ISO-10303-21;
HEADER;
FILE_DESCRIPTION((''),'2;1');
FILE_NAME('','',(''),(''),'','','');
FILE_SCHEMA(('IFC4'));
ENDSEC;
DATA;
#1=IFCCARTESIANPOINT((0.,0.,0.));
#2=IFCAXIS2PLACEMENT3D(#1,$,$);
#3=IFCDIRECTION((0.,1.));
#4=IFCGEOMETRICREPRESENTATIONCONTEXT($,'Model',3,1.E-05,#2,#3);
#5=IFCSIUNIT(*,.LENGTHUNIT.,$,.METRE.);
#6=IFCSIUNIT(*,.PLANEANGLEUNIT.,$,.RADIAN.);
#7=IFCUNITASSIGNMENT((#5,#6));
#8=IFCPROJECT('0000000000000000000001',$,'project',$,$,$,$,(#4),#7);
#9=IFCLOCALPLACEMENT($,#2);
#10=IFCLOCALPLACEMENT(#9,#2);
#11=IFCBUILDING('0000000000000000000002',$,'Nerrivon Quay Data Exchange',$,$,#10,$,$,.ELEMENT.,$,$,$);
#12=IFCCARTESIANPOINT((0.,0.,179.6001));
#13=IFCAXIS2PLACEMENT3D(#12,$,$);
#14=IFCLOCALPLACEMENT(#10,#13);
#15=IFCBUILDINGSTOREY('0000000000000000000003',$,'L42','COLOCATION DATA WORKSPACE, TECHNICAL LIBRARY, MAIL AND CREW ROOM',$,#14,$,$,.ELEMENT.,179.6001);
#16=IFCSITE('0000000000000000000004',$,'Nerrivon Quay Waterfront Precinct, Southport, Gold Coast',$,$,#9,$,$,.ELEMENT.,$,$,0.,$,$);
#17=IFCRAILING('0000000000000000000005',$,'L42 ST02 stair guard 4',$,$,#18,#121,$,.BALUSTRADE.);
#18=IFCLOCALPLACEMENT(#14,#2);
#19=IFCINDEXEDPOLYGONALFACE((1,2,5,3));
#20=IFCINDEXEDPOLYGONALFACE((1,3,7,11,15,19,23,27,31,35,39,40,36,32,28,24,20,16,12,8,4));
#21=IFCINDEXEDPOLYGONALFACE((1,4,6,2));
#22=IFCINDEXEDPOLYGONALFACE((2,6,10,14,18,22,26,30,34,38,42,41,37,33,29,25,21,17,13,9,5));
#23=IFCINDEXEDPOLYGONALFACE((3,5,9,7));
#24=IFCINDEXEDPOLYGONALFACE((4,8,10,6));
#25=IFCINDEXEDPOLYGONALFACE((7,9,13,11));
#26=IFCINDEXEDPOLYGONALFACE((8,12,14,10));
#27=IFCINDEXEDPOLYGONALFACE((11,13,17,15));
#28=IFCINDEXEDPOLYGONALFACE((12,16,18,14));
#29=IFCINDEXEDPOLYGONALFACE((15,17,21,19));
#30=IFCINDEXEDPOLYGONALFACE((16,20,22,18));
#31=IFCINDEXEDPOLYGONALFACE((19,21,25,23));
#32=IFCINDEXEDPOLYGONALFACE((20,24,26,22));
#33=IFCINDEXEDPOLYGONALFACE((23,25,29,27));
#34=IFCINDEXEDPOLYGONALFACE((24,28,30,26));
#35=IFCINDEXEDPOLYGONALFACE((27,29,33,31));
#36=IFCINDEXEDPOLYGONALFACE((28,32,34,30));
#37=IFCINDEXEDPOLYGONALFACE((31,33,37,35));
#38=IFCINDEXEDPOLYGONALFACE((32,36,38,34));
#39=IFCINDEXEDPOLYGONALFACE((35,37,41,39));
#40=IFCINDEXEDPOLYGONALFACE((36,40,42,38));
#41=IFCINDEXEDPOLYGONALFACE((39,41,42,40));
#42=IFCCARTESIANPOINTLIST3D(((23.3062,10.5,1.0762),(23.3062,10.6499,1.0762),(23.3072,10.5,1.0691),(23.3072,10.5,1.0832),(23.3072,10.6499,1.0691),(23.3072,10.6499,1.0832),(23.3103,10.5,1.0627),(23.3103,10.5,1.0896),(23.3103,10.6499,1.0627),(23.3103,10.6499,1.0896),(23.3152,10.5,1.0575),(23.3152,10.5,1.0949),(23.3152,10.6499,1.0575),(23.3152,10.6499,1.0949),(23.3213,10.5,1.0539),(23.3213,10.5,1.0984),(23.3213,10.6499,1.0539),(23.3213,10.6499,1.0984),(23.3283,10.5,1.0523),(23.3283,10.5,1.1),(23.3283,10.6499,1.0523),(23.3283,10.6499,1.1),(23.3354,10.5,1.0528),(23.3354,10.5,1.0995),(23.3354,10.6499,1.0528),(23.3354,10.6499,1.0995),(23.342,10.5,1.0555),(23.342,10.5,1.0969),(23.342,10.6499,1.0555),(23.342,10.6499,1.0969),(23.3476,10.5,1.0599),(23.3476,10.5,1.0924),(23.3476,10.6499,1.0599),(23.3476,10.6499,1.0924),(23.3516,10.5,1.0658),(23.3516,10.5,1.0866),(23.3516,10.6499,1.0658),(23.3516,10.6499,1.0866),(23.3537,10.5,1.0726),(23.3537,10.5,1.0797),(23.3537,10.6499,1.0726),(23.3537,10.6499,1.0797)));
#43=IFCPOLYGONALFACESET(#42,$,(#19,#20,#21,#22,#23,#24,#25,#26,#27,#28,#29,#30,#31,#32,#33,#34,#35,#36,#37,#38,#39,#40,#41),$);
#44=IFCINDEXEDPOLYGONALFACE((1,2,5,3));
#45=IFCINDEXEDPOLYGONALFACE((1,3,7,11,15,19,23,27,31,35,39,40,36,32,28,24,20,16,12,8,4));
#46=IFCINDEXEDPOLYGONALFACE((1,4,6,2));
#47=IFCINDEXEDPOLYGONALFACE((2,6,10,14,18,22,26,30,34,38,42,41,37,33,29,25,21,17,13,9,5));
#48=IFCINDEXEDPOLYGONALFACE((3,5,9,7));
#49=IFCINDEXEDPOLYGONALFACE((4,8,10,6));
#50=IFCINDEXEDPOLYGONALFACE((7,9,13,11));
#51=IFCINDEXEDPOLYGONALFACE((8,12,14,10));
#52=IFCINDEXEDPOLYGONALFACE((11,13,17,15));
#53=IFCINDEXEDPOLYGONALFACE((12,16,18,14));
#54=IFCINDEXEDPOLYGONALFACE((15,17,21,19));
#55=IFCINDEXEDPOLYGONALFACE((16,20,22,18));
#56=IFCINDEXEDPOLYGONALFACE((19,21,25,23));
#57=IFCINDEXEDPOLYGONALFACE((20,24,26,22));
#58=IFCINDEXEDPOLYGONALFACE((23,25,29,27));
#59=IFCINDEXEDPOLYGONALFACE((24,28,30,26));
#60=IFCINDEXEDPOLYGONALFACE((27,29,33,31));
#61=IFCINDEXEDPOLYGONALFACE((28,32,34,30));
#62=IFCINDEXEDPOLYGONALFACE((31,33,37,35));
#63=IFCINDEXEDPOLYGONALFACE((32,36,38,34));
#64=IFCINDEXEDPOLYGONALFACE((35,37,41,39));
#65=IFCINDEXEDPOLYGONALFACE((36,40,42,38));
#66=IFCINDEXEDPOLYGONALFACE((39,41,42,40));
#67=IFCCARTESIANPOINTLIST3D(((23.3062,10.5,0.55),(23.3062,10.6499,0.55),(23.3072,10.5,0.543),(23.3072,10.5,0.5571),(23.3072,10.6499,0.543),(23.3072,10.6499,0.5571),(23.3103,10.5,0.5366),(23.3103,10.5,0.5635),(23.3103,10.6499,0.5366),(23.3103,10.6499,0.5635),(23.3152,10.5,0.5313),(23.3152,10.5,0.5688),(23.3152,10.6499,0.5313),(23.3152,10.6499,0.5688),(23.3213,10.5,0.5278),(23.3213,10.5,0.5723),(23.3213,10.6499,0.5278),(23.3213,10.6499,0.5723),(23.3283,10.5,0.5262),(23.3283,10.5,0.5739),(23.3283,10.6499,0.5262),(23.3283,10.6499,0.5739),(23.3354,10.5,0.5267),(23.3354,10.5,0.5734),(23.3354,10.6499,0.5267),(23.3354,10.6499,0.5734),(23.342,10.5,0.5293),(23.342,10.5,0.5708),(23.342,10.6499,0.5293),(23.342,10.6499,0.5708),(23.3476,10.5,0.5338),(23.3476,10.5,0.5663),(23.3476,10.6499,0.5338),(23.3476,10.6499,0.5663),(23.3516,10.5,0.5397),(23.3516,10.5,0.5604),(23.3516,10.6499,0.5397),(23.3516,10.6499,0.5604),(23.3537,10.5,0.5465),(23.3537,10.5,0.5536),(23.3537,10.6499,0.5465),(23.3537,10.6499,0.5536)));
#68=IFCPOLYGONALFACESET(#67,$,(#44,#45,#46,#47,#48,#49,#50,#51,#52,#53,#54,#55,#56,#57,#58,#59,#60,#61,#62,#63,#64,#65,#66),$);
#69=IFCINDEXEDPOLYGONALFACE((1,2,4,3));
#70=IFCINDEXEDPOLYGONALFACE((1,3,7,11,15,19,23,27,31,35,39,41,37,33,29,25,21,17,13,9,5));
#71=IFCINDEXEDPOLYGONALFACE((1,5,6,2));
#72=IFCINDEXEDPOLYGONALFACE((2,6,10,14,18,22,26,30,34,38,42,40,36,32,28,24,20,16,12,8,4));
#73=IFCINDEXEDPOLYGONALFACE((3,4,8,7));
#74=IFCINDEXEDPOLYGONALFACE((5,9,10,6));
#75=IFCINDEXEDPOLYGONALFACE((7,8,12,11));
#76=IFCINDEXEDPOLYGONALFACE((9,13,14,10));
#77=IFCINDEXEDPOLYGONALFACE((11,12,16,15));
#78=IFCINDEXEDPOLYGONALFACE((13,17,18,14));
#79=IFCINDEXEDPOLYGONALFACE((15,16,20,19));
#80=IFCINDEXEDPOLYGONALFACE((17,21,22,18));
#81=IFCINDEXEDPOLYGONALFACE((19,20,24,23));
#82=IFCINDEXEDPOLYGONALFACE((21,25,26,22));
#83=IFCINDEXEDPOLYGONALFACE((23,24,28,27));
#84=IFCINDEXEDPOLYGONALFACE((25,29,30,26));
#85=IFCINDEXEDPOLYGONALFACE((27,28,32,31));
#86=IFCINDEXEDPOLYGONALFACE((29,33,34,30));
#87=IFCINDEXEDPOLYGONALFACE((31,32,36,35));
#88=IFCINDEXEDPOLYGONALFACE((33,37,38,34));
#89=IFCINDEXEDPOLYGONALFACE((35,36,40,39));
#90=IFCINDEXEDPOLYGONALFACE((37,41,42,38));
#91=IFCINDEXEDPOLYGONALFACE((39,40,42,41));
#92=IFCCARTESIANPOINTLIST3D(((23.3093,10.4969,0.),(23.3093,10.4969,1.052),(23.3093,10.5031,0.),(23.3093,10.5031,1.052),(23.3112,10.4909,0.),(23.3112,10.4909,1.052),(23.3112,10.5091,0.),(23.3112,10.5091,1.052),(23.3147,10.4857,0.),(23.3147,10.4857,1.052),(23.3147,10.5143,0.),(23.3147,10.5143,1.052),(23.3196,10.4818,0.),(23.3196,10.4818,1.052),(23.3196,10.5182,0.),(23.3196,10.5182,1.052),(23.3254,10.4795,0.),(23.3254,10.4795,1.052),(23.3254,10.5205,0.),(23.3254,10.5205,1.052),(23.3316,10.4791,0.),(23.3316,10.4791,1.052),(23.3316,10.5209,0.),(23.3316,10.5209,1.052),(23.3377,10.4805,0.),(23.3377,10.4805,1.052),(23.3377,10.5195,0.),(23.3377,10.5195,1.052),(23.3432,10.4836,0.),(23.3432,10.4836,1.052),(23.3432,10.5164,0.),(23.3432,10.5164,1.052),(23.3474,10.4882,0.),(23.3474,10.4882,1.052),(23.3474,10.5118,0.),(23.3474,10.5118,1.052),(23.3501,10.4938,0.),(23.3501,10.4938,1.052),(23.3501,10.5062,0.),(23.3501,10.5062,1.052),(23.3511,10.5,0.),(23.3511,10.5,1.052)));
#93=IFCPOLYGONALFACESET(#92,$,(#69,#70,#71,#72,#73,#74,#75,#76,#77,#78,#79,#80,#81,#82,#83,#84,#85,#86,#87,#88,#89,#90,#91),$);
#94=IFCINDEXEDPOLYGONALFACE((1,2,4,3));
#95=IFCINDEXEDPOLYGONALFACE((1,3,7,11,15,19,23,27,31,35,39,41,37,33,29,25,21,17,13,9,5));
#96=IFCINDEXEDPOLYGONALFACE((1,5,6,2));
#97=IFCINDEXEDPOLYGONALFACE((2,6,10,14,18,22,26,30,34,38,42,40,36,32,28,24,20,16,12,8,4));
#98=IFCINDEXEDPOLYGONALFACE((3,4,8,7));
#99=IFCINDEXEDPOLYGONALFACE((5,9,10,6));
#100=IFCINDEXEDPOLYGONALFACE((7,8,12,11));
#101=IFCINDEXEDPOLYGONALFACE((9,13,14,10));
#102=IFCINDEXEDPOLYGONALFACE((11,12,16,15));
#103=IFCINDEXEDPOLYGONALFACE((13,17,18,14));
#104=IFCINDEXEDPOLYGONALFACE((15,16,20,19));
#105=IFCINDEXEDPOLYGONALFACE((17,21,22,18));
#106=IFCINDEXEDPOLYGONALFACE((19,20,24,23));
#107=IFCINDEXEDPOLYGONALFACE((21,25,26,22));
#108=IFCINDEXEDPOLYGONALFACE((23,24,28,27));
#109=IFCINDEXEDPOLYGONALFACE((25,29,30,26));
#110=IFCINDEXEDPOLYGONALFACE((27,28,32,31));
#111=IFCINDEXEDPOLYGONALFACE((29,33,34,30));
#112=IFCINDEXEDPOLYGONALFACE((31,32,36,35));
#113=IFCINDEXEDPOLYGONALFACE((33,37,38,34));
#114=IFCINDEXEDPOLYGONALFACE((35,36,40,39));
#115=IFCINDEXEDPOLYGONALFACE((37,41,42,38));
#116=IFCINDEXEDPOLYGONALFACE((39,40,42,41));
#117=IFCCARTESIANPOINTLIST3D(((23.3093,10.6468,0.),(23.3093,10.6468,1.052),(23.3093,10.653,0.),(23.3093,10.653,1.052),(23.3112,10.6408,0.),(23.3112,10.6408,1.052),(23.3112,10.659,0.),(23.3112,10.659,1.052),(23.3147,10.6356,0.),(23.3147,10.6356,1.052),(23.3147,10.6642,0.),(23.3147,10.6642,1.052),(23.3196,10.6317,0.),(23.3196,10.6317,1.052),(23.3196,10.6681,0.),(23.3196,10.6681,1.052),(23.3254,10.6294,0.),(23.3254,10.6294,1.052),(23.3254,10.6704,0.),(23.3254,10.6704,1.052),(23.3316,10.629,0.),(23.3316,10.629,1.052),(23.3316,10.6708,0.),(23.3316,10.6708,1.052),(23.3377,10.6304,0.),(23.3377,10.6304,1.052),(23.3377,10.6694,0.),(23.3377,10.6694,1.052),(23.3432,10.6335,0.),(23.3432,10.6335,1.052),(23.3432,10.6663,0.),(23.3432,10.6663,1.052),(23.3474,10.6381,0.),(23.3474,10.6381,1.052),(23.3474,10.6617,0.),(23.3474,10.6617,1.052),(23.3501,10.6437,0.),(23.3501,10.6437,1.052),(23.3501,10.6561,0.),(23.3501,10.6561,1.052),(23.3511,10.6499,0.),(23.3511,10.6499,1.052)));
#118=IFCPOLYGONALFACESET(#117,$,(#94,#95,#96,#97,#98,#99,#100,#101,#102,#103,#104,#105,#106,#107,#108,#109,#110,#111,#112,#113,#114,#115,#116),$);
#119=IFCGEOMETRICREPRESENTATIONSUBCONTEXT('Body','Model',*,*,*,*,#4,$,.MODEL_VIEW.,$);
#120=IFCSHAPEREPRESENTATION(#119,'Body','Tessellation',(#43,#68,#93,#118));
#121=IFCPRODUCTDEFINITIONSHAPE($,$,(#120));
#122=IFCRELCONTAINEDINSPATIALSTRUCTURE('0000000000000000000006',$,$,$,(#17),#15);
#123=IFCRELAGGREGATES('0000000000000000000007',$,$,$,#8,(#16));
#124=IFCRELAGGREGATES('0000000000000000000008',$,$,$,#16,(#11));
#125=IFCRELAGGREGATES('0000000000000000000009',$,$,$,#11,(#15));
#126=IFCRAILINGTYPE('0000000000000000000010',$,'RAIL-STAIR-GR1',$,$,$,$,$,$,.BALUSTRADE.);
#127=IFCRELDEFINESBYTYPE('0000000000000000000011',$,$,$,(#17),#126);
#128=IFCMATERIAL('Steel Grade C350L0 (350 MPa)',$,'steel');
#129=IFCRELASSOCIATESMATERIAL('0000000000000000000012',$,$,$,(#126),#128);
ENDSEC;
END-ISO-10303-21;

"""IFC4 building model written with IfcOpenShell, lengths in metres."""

from ifc_helpers import new_model, si_unit, direction, frame, origin, origin_2d, place, context, subcontext, project, spatial, circle, extrude, material, type_object, element, save


model = new_model("IFC4")

# Units and contexts
model_context = context("Model", 3, precision=1e-05, world=origin(), true_north=direction((0.0, 1.0)))
body_context = subcontext(model_context, "Body", "Model", "MODEL_VIEW")
ifc_project = project(units=[si_unit("LENGTHUNIT", "METRE"), si_unit("PLANEANGLEUNIT", "RADIAN")], contexts=[model_context])

# Site, building, storey
site_placement = place(None, origin())
site = spatial("IfcSite", under=ifc_project, at=site_placement, Name="Nerrivon Quay Waterfront Precinct, Southport, Gold Coast", CompositionType="ELEMENT", RefElevation=0.0)
building_placement = place(site_placement, origin())
building = spatial("IfcBuilding", under=site, at=building_placement, Name="Nerrivon Quay Data Exchange", CompositionType="ELEMENT")
storey_placement = place(building_placement, frame((0.0, 0.0, 179.6001)))
storey = spatial("IfcBuildingStorey", under=building, at=storey_placement, Name="L42", Description="COLOCATION DATA WORKSPACE, TECHNICAL LIBRARY, MAIL AND CREW ROOM", CompositionType="ELEMENT", Elevation=179.6001)

# Railing
ifc_material_1 = material(Name="Steel Grade C350L0 (350 MPa)", Category="steel")
railing_type_1 = type_object("IfcRailingType", Name="RAIL-STAIR-GR1", PredefinedType="BALUSTRADE", material=ifc_material_1)
railing_1_placement = place(storey_placement, frame((23.3301, 10.5, 0.0)))
element("IfcRailing", 1, at=railing_1_placement, inside=storey, type_object=railing_type_1, Name="L42 ST02 stair guard 4", PredefinedType="BALUSTRADE", context=body_context, shape_type="SweptSolid", body=[
    extrude(circle(Radius=0.0239, at=origin_2d()), frame((0.0, 0.0, 1.0762), z_axis=(0.0, 1.0, 0.0), x_axis=(-1.0, 0.0, 0.0)), (0.0, 0.0, 1.0), 0.1499),
    extrude(circle(Radius=0.0239, at=origin_2d()), frame((0.0, 0.0, 0.55), z_axis=(0.0, 1.0, 0.0), x_axis=(-1.0, 0.0, 0.0)), (0.0, 0.0, 1.0), 0.1499),
    extrude(circle(Radius=0.021, at=origin_2d()), origin(), (0.0, 0.0, 1.0), 1.052),
    extrude(circle(Radius=0.021, at=origin_2d()), frame((0.0, 0.1499, 0.0)), (0.0, 0.0, 1.0), 1.052),
])

save(model, "model.ifc")
